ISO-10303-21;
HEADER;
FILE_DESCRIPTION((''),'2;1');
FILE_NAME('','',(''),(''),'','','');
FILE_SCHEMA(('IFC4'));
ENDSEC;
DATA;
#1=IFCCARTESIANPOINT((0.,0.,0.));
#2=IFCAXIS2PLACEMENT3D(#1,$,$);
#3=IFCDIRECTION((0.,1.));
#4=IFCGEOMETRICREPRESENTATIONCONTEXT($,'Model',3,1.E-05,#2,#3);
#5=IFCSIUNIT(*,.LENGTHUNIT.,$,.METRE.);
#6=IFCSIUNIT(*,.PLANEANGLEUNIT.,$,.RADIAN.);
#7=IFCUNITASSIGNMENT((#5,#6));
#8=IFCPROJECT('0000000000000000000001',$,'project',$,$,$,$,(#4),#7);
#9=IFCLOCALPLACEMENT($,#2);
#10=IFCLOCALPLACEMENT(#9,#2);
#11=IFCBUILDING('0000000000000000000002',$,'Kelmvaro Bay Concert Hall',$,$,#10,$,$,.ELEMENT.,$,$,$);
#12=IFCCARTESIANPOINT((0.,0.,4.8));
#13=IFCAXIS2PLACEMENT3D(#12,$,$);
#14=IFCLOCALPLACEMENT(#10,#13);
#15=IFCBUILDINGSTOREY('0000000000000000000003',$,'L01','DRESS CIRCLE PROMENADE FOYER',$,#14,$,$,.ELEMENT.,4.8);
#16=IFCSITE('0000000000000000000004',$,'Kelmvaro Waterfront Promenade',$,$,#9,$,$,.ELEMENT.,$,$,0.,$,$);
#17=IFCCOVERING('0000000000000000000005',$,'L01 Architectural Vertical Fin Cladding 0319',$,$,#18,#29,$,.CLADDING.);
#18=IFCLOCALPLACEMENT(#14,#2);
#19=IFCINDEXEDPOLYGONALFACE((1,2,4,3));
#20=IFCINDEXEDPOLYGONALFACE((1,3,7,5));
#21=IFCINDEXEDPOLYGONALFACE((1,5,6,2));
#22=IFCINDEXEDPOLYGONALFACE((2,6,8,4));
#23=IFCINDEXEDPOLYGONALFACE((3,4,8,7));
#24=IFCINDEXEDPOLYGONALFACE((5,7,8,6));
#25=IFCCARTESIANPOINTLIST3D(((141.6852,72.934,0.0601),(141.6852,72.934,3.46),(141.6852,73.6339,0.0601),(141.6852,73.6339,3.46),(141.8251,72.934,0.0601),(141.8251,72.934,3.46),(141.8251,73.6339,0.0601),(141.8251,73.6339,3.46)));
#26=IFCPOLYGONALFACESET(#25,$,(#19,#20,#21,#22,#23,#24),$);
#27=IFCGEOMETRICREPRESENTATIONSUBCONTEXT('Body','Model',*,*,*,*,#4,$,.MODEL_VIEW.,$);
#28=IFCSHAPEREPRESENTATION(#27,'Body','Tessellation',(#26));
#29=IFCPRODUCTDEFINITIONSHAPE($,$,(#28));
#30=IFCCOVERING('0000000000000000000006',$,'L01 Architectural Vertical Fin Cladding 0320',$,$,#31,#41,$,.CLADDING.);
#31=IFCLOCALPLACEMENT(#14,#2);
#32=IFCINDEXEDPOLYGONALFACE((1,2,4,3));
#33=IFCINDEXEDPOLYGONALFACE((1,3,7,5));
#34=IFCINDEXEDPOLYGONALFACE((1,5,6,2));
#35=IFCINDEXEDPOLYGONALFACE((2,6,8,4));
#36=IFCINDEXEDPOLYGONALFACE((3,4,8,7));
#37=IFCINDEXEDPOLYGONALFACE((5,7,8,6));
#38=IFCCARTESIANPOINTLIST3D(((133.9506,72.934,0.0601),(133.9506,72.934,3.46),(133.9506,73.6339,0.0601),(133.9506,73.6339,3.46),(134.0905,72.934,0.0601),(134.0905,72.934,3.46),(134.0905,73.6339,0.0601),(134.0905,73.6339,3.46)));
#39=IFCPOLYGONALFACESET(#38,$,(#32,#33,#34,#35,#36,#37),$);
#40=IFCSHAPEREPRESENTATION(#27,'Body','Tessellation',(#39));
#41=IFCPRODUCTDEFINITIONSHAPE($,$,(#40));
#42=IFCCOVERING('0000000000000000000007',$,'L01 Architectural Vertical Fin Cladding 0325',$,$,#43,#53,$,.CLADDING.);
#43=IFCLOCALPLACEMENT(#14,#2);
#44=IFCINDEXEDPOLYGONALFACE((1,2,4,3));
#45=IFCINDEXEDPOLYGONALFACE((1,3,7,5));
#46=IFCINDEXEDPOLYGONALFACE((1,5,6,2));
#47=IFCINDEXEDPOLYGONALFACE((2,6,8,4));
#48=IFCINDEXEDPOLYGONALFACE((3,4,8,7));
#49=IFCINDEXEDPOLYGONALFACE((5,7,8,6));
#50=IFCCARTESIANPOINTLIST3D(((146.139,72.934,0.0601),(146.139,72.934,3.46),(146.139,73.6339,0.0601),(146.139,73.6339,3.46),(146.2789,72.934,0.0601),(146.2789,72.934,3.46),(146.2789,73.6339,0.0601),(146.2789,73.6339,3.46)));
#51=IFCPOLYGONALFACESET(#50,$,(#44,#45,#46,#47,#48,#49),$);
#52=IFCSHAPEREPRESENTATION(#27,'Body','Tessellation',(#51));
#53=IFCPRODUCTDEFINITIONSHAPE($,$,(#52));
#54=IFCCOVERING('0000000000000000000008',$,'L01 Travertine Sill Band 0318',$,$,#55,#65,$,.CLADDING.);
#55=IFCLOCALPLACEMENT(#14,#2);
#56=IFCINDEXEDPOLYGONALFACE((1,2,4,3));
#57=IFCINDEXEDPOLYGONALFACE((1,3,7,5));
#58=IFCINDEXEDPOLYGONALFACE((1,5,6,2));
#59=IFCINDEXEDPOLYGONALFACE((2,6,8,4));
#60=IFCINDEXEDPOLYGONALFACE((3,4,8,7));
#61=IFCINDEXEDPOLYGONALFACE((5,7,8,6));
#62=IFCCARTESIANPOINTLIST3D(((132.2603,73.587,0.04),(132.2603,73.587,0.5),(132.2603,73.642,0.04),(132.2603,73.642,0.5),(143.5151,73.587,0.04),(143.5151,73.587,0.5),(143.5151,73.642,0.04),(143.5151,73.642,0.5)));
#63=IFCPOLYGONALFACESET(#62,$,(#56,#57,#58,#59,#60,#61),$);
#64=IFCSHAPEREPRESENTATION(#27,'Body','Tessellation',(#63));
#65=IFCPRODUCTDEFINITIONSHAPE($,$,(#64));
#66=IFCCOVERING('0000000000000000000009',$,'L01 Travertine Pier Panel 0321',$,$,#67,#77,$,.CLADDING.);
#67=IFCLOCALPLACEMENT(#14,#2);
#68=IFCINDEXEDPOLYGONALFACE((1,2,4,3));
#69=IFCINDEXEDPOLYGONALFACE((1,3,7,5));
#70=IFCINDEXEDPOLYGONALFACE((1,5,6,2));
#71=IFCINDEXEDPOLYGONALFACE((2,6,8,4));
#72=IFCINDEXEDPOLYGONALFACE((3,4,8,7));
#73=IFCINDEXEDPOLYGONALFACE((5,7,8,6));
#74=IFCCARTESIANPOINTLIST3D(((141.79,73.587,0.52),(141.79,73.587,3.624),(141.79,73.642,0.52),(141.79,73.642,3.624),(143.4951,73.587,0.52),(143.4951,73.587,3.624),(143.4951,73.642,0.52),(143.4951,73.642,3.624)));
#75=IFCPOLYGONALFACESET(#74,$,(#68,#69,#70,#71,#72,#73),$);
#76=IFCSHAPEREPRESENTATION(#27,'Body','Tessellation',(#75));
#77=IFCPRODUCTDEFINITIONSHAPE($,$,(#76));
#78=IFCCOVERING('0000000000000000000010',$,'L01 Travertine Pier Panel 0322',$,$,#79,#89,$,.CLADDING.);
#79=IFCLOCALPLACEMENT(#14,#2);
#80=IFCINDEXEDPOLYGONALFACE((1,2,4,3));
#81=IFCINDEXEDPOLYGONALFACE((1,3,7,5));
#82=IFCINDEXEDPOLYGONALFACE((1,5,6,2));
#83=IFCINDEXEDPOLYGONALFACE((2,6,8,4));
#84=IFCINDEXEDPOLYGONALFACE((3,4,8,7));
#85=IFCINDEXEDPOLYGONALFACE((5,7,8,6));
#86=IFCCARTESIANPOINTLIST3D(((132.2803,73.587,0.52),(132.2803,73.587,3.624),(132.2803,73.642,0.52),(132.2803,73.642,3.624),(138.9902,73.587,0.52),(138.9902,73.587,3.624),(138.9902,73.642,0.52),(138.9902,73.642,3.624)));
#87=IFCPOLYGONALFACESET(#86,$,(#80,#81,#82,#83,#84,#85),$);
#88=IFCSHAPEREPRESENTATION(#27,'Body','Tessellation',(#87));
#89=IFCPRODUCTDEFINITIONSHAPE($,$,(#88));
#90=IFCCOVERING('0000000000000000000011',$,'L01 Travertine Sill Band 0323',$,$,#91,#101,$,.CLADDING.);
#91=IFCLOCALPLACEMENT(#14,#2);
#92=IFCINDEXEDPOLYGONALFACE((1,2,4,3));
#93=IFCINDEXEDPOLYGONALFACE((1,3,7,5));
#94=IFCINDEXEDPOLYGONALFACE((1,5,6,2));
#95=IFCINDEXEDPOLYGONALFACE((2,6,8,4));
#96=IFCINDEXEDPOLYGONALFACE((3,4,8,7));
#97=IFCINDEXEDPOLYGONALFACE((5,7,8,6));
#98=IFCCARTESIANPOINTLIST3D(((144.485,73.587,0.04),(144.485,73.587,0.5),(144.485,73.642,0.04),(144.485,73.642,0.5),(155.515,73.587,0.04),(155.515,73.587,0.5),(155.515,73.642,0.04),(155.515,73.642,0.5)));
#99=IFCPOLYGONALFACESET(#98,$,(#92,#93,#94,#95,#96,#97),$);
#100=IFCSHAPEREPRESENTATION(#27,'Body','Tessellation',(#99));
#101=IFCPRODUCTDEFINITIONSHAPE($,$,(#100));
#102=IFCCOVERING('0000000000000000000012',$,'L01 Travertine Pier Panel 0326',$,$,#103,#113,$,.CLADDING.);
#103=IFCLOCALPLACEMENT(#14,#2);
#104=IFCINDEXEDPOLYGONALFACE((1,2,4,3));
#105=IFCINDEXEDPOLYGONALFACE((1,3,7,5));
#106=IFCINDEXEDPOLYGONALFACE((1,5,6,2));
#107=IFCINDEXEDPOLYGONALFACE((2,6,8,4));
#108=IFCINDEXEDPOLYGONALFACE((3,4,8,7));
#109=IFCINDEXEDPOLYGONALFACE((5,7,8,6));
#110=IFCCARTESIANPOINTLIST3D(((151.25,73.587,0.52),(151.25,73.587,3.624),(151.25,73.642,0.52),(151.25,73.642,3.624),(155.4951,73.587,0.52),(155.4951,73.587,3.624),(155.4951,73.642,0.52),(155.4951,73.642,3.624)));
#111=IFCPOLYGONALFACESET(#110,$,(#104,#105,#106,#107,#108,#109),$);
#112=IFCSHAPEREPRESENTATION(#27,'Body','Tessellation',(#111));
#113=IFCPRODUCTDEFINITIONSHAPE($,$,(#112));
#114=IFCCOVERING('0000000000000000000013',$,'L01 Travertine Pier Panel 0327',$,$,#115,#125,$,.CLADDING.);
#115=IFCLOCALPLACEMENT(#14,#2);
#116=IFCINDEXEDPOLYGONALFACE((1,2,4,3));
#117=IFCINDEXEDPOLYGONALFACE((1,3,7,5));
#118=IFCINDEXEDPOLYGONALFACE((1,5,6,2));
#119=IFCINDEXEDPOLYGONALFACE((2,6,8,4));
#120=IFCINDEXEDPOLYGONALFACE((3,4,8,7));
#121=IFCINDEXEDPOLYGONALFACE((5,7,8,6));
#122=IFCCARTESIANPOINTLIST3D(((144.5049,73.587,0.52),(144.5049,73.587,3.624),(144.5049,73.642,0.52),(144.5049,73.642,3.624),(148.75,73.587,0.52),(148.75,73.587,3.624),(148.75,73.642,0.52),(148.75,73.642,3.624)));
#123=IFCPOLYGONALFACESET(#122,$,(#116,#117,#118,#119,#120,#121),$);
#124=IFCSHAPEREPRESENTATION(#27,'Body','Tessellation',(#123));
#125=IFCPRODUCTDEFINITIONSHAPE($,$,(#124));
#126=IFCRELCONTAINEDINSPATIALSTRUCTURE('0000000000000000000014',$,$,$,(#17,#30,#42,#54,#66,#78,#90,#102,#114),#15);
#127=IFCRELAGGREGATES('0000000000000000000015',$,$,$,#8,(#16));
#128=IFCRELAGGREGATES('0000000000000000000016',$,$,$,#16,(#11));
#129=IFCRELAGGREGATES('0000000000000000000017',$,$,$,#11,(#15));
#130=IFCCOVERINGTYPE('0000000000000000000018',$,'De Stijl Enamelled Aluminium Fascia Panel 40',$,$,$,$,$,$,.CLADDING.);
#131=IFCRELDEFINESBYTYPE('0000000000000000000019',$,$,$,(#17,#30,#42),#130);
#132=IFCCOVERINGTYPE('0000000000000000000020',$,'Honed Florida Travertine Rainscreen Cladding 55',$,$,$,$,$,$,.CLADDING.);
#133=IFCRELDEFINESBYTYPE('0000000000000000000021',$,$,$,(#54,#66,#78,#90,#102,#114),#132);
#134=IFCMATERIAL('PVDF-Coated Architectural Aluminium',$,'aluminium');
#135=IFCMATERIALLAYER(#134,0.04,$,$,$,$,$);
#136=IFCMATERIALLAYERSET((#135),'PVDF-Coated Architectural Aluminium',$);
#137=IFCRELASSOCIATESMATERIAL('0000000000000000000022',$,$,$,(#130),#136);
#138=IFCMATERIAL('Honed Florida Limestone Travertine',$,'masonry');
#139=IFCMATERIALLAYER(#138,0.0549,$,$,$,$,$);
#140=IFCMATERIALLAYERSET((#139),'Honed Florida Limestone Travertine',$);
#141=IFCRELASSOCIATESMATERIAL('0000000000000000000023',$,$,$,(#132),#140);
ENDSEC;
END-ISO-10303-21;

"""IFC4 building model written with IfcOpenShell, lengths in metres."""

from ifc_helpers import new_model, si_unit, direction, frame, origin, origin_2d, place, context, subcontext, project, spatial, rectangle, extrude, material, layer, layer_set, type_object, element, save


model = new_model("IFC4")

# Units and contexts
model_context = context("Model", 3, precision=1e-05, world=origin(), true_north=direction((0.0, 1.0)))
body_context = subcontext(model_context, "Body", "Model", "MODEL_VIEW")
ifc_project = project(units=[si_unit("LENGTHUNIT", "METRE"), si_unit("PLANEANGLEUNIT", "RADIAN")], contexts=[model_context])

# Site, building, storey
site_placement = place(None, origin())
site = spatial("IfcSite", under=ifc_project, at=site_placement, Name="Kelmvaro Waterfront Promenade", CompositionType="ELEMENT", RefElevation=0.0)
building_placement = place(site_placement, origin())
building = spatial("IfcBuilding", under=site, at=building_placement, Name="Kelmvaro Bay Concert Hall", CompositionType="ELEMENT")
storey_placement = place(building_placement, frame((0.0, 0.0, 4.8)))
storey = spatial("IfcBuildingStorey", under=building, at=storey_placement, Name="L01", Description="DRESS CIRCLE PROMENADE FOYER", CompositionType="ELEMENT", Elevation=4.8)

# Coverings
ifc_material_1 = material(Name="PVDF-Coated Architectural Aluminium", Category="aluminium")
ifc_layer_1 = layer(ifc_material_1, 0.04)
ifc_layer_set_1 = layer_set([ifc_layer_1], Name="PVDF-Coated Architectural Aluminium")
covering_type_1 = type_object("IfcCoveringType", Name="De Stijl Enamelled Aluminium Fascia Panel 40", PredefinedType="CLADDING", material=ifc_layer_set_1)
for number, where, z_axis, x_axis, name in (
    (1, (141.7551, 73.2839, 0.0601), (0.0, 0.0, 1.0), (-1.0, 0.0, 0.0), "L01 Architectural Vertical Fin Cladding 0319"),
    (2, (134.0205, 73.2839, 0.0601), (0.0, 0.0, 1.0), (-1.0, 0.0, 0.0), "L01 Architectural Vertical Fin Cladding 0320"),
    (3, (146.209, 73.2839, 0.0601), (0.0, 0.0, 1.0), (-1.0, 0.0, 0.0), "L01 Architectural Vertical Fin Cladding 0325"),
):
    element("IfcCovering", number, at=place(storey_placement, frame(where, z_axis=z_axis, x_axis=x_axis)), inside=storey, type_object=covering_type_1, Name=name, PredefinedType="CLADDING", context=body_context, shape_type="SweptSolid", body=[
        extrude(rectangle(XDim=0.1399, YDim=0.7, at=origin_2d()), origin(), (0.0, 0.0, 1.0), 3.3999),
    ])
ifc_material_2 = material(Name="Honed Florida Limestone Travertine", Category="masonry")
ifc_layer_2 = layer(ifc_material_2, 0.0549)
ifc_layer_set_2 = layer_set([ifc_layer_2], Name="Honed Florida Limestone Travertine")
covering_type_2 = type_object("IfcCoveringType", Name="Honed Florida Travertine Rainscreen Cladding 55", PredefinedType="CLADDING", material=ifc_layer_set_2)
covering_1_placement = place(storey_placement, frame((137.8877, 73.6145, 0.04), z_axis=(0.0, 0.0, 1.0), x_axis=(-1.0, 0.0, 0.0)))
element("IfcCovering", 4, at=covering_1_placement, inside=storey, type_object=covering_type_2, Name="L01 Travertine Sill Band 0318", PredefinedType="CLADDING", context=body_context, shape_type="SweptSolid", body=[
    extrude(rectangle(XDim=11.2549, YDim=0.0549, at=origin_2d()), origin(), (0.0, 0.0, 1.0), 0.46),
])
covering_2_placement = place(storey_placement, frame((142.6426, 73.6145, 0.52), z_axis=(0.0, 0.0, 1.0), x_axis=(-1.0, 0.0, 0.0)))
element("IfcCovering", 5, at=covering_2_placement, inside=storey, type_object=covering_type_2, Name="L01 Travertine Pier Panel 0321", PredefinedType="CLADDING", context=body_context, shape_type="SweptSolid", body=[
    extrude(rectangle(XDim=1.7051, YDim=0.0549, at=origin_2d()), origin(), (0.0, 0.0, 1.0), 3.104),
])
covering_3_placement = place(storey_placement, frame((135.6353, 73.6145, 0.52), z_axis=(0.0, 0.0, 1.0), x_axis=(-1.0, 0.0, 0.0)))
element("IfcCovering", 6, at=covering_3_placement, inside=storey, type_object=covering_type_2, Name="L01 Travertine Pier Panel 0322", PredefinedType="CLADDING", context=body_context, shape_type="SweptSolid", body=[
    extrude(rectangle(XDim=6.71, YDim=0.0549, at=origin_2d()), origin(), (0.0, 0.0, 1.0), 3.104),
])
covering_4_placement = place(storey_placement, frame((150.0, 73.6145, 0.04), z_axis=(0.0, 0.0, 1.0), x_axis=(-1.0, 0.0, 0.0)))
element("IfcCovering", 7, at=covering_4_placement, inside=storey, type_object=covering_type_2, Name="L01 Travertine Sill Band 0323", PredefinedType="CLADDING", context=body_context, shape_type="SweptSolid", body=[
    extrude(rectangle(XDim=11.03, YDim=0.0549, at=origin_2d()), origin(), (0.0, 0.0, 1.0), 0.46),
])
for number, where, z_axis, x_axis, name in (
    (8, (153.3726, 73.6145, 0.52), (0.0, 0.0, 1.0), (-1.0, 0.0, 0.0), "L01 Travertine Pier Panel 0326"),
    (9, (146.6274, 73.6145, 0.52), (0.0, 0.0, 1.0), (-1.0, 0.0, 0.0), "L01 Travertine Pier Panel 0327"),
):
    element("IfcCovering", number, at=place(storey_placement, frame(where, z_axis=z_axis, x_axis=x_axis)), inside=storey, type_object=covering_type_2, Name=name, PredefinedType="CLADDING", context=body_context, shape_type="SweptSolid", body=[
        extrude(rectangle(XDim=4.2451, YDim=0.0549, at=origin_2d()), origin(), (0.0, 0.0, 1.0), 3.104),
    ])

save(model, "model.ifc")
